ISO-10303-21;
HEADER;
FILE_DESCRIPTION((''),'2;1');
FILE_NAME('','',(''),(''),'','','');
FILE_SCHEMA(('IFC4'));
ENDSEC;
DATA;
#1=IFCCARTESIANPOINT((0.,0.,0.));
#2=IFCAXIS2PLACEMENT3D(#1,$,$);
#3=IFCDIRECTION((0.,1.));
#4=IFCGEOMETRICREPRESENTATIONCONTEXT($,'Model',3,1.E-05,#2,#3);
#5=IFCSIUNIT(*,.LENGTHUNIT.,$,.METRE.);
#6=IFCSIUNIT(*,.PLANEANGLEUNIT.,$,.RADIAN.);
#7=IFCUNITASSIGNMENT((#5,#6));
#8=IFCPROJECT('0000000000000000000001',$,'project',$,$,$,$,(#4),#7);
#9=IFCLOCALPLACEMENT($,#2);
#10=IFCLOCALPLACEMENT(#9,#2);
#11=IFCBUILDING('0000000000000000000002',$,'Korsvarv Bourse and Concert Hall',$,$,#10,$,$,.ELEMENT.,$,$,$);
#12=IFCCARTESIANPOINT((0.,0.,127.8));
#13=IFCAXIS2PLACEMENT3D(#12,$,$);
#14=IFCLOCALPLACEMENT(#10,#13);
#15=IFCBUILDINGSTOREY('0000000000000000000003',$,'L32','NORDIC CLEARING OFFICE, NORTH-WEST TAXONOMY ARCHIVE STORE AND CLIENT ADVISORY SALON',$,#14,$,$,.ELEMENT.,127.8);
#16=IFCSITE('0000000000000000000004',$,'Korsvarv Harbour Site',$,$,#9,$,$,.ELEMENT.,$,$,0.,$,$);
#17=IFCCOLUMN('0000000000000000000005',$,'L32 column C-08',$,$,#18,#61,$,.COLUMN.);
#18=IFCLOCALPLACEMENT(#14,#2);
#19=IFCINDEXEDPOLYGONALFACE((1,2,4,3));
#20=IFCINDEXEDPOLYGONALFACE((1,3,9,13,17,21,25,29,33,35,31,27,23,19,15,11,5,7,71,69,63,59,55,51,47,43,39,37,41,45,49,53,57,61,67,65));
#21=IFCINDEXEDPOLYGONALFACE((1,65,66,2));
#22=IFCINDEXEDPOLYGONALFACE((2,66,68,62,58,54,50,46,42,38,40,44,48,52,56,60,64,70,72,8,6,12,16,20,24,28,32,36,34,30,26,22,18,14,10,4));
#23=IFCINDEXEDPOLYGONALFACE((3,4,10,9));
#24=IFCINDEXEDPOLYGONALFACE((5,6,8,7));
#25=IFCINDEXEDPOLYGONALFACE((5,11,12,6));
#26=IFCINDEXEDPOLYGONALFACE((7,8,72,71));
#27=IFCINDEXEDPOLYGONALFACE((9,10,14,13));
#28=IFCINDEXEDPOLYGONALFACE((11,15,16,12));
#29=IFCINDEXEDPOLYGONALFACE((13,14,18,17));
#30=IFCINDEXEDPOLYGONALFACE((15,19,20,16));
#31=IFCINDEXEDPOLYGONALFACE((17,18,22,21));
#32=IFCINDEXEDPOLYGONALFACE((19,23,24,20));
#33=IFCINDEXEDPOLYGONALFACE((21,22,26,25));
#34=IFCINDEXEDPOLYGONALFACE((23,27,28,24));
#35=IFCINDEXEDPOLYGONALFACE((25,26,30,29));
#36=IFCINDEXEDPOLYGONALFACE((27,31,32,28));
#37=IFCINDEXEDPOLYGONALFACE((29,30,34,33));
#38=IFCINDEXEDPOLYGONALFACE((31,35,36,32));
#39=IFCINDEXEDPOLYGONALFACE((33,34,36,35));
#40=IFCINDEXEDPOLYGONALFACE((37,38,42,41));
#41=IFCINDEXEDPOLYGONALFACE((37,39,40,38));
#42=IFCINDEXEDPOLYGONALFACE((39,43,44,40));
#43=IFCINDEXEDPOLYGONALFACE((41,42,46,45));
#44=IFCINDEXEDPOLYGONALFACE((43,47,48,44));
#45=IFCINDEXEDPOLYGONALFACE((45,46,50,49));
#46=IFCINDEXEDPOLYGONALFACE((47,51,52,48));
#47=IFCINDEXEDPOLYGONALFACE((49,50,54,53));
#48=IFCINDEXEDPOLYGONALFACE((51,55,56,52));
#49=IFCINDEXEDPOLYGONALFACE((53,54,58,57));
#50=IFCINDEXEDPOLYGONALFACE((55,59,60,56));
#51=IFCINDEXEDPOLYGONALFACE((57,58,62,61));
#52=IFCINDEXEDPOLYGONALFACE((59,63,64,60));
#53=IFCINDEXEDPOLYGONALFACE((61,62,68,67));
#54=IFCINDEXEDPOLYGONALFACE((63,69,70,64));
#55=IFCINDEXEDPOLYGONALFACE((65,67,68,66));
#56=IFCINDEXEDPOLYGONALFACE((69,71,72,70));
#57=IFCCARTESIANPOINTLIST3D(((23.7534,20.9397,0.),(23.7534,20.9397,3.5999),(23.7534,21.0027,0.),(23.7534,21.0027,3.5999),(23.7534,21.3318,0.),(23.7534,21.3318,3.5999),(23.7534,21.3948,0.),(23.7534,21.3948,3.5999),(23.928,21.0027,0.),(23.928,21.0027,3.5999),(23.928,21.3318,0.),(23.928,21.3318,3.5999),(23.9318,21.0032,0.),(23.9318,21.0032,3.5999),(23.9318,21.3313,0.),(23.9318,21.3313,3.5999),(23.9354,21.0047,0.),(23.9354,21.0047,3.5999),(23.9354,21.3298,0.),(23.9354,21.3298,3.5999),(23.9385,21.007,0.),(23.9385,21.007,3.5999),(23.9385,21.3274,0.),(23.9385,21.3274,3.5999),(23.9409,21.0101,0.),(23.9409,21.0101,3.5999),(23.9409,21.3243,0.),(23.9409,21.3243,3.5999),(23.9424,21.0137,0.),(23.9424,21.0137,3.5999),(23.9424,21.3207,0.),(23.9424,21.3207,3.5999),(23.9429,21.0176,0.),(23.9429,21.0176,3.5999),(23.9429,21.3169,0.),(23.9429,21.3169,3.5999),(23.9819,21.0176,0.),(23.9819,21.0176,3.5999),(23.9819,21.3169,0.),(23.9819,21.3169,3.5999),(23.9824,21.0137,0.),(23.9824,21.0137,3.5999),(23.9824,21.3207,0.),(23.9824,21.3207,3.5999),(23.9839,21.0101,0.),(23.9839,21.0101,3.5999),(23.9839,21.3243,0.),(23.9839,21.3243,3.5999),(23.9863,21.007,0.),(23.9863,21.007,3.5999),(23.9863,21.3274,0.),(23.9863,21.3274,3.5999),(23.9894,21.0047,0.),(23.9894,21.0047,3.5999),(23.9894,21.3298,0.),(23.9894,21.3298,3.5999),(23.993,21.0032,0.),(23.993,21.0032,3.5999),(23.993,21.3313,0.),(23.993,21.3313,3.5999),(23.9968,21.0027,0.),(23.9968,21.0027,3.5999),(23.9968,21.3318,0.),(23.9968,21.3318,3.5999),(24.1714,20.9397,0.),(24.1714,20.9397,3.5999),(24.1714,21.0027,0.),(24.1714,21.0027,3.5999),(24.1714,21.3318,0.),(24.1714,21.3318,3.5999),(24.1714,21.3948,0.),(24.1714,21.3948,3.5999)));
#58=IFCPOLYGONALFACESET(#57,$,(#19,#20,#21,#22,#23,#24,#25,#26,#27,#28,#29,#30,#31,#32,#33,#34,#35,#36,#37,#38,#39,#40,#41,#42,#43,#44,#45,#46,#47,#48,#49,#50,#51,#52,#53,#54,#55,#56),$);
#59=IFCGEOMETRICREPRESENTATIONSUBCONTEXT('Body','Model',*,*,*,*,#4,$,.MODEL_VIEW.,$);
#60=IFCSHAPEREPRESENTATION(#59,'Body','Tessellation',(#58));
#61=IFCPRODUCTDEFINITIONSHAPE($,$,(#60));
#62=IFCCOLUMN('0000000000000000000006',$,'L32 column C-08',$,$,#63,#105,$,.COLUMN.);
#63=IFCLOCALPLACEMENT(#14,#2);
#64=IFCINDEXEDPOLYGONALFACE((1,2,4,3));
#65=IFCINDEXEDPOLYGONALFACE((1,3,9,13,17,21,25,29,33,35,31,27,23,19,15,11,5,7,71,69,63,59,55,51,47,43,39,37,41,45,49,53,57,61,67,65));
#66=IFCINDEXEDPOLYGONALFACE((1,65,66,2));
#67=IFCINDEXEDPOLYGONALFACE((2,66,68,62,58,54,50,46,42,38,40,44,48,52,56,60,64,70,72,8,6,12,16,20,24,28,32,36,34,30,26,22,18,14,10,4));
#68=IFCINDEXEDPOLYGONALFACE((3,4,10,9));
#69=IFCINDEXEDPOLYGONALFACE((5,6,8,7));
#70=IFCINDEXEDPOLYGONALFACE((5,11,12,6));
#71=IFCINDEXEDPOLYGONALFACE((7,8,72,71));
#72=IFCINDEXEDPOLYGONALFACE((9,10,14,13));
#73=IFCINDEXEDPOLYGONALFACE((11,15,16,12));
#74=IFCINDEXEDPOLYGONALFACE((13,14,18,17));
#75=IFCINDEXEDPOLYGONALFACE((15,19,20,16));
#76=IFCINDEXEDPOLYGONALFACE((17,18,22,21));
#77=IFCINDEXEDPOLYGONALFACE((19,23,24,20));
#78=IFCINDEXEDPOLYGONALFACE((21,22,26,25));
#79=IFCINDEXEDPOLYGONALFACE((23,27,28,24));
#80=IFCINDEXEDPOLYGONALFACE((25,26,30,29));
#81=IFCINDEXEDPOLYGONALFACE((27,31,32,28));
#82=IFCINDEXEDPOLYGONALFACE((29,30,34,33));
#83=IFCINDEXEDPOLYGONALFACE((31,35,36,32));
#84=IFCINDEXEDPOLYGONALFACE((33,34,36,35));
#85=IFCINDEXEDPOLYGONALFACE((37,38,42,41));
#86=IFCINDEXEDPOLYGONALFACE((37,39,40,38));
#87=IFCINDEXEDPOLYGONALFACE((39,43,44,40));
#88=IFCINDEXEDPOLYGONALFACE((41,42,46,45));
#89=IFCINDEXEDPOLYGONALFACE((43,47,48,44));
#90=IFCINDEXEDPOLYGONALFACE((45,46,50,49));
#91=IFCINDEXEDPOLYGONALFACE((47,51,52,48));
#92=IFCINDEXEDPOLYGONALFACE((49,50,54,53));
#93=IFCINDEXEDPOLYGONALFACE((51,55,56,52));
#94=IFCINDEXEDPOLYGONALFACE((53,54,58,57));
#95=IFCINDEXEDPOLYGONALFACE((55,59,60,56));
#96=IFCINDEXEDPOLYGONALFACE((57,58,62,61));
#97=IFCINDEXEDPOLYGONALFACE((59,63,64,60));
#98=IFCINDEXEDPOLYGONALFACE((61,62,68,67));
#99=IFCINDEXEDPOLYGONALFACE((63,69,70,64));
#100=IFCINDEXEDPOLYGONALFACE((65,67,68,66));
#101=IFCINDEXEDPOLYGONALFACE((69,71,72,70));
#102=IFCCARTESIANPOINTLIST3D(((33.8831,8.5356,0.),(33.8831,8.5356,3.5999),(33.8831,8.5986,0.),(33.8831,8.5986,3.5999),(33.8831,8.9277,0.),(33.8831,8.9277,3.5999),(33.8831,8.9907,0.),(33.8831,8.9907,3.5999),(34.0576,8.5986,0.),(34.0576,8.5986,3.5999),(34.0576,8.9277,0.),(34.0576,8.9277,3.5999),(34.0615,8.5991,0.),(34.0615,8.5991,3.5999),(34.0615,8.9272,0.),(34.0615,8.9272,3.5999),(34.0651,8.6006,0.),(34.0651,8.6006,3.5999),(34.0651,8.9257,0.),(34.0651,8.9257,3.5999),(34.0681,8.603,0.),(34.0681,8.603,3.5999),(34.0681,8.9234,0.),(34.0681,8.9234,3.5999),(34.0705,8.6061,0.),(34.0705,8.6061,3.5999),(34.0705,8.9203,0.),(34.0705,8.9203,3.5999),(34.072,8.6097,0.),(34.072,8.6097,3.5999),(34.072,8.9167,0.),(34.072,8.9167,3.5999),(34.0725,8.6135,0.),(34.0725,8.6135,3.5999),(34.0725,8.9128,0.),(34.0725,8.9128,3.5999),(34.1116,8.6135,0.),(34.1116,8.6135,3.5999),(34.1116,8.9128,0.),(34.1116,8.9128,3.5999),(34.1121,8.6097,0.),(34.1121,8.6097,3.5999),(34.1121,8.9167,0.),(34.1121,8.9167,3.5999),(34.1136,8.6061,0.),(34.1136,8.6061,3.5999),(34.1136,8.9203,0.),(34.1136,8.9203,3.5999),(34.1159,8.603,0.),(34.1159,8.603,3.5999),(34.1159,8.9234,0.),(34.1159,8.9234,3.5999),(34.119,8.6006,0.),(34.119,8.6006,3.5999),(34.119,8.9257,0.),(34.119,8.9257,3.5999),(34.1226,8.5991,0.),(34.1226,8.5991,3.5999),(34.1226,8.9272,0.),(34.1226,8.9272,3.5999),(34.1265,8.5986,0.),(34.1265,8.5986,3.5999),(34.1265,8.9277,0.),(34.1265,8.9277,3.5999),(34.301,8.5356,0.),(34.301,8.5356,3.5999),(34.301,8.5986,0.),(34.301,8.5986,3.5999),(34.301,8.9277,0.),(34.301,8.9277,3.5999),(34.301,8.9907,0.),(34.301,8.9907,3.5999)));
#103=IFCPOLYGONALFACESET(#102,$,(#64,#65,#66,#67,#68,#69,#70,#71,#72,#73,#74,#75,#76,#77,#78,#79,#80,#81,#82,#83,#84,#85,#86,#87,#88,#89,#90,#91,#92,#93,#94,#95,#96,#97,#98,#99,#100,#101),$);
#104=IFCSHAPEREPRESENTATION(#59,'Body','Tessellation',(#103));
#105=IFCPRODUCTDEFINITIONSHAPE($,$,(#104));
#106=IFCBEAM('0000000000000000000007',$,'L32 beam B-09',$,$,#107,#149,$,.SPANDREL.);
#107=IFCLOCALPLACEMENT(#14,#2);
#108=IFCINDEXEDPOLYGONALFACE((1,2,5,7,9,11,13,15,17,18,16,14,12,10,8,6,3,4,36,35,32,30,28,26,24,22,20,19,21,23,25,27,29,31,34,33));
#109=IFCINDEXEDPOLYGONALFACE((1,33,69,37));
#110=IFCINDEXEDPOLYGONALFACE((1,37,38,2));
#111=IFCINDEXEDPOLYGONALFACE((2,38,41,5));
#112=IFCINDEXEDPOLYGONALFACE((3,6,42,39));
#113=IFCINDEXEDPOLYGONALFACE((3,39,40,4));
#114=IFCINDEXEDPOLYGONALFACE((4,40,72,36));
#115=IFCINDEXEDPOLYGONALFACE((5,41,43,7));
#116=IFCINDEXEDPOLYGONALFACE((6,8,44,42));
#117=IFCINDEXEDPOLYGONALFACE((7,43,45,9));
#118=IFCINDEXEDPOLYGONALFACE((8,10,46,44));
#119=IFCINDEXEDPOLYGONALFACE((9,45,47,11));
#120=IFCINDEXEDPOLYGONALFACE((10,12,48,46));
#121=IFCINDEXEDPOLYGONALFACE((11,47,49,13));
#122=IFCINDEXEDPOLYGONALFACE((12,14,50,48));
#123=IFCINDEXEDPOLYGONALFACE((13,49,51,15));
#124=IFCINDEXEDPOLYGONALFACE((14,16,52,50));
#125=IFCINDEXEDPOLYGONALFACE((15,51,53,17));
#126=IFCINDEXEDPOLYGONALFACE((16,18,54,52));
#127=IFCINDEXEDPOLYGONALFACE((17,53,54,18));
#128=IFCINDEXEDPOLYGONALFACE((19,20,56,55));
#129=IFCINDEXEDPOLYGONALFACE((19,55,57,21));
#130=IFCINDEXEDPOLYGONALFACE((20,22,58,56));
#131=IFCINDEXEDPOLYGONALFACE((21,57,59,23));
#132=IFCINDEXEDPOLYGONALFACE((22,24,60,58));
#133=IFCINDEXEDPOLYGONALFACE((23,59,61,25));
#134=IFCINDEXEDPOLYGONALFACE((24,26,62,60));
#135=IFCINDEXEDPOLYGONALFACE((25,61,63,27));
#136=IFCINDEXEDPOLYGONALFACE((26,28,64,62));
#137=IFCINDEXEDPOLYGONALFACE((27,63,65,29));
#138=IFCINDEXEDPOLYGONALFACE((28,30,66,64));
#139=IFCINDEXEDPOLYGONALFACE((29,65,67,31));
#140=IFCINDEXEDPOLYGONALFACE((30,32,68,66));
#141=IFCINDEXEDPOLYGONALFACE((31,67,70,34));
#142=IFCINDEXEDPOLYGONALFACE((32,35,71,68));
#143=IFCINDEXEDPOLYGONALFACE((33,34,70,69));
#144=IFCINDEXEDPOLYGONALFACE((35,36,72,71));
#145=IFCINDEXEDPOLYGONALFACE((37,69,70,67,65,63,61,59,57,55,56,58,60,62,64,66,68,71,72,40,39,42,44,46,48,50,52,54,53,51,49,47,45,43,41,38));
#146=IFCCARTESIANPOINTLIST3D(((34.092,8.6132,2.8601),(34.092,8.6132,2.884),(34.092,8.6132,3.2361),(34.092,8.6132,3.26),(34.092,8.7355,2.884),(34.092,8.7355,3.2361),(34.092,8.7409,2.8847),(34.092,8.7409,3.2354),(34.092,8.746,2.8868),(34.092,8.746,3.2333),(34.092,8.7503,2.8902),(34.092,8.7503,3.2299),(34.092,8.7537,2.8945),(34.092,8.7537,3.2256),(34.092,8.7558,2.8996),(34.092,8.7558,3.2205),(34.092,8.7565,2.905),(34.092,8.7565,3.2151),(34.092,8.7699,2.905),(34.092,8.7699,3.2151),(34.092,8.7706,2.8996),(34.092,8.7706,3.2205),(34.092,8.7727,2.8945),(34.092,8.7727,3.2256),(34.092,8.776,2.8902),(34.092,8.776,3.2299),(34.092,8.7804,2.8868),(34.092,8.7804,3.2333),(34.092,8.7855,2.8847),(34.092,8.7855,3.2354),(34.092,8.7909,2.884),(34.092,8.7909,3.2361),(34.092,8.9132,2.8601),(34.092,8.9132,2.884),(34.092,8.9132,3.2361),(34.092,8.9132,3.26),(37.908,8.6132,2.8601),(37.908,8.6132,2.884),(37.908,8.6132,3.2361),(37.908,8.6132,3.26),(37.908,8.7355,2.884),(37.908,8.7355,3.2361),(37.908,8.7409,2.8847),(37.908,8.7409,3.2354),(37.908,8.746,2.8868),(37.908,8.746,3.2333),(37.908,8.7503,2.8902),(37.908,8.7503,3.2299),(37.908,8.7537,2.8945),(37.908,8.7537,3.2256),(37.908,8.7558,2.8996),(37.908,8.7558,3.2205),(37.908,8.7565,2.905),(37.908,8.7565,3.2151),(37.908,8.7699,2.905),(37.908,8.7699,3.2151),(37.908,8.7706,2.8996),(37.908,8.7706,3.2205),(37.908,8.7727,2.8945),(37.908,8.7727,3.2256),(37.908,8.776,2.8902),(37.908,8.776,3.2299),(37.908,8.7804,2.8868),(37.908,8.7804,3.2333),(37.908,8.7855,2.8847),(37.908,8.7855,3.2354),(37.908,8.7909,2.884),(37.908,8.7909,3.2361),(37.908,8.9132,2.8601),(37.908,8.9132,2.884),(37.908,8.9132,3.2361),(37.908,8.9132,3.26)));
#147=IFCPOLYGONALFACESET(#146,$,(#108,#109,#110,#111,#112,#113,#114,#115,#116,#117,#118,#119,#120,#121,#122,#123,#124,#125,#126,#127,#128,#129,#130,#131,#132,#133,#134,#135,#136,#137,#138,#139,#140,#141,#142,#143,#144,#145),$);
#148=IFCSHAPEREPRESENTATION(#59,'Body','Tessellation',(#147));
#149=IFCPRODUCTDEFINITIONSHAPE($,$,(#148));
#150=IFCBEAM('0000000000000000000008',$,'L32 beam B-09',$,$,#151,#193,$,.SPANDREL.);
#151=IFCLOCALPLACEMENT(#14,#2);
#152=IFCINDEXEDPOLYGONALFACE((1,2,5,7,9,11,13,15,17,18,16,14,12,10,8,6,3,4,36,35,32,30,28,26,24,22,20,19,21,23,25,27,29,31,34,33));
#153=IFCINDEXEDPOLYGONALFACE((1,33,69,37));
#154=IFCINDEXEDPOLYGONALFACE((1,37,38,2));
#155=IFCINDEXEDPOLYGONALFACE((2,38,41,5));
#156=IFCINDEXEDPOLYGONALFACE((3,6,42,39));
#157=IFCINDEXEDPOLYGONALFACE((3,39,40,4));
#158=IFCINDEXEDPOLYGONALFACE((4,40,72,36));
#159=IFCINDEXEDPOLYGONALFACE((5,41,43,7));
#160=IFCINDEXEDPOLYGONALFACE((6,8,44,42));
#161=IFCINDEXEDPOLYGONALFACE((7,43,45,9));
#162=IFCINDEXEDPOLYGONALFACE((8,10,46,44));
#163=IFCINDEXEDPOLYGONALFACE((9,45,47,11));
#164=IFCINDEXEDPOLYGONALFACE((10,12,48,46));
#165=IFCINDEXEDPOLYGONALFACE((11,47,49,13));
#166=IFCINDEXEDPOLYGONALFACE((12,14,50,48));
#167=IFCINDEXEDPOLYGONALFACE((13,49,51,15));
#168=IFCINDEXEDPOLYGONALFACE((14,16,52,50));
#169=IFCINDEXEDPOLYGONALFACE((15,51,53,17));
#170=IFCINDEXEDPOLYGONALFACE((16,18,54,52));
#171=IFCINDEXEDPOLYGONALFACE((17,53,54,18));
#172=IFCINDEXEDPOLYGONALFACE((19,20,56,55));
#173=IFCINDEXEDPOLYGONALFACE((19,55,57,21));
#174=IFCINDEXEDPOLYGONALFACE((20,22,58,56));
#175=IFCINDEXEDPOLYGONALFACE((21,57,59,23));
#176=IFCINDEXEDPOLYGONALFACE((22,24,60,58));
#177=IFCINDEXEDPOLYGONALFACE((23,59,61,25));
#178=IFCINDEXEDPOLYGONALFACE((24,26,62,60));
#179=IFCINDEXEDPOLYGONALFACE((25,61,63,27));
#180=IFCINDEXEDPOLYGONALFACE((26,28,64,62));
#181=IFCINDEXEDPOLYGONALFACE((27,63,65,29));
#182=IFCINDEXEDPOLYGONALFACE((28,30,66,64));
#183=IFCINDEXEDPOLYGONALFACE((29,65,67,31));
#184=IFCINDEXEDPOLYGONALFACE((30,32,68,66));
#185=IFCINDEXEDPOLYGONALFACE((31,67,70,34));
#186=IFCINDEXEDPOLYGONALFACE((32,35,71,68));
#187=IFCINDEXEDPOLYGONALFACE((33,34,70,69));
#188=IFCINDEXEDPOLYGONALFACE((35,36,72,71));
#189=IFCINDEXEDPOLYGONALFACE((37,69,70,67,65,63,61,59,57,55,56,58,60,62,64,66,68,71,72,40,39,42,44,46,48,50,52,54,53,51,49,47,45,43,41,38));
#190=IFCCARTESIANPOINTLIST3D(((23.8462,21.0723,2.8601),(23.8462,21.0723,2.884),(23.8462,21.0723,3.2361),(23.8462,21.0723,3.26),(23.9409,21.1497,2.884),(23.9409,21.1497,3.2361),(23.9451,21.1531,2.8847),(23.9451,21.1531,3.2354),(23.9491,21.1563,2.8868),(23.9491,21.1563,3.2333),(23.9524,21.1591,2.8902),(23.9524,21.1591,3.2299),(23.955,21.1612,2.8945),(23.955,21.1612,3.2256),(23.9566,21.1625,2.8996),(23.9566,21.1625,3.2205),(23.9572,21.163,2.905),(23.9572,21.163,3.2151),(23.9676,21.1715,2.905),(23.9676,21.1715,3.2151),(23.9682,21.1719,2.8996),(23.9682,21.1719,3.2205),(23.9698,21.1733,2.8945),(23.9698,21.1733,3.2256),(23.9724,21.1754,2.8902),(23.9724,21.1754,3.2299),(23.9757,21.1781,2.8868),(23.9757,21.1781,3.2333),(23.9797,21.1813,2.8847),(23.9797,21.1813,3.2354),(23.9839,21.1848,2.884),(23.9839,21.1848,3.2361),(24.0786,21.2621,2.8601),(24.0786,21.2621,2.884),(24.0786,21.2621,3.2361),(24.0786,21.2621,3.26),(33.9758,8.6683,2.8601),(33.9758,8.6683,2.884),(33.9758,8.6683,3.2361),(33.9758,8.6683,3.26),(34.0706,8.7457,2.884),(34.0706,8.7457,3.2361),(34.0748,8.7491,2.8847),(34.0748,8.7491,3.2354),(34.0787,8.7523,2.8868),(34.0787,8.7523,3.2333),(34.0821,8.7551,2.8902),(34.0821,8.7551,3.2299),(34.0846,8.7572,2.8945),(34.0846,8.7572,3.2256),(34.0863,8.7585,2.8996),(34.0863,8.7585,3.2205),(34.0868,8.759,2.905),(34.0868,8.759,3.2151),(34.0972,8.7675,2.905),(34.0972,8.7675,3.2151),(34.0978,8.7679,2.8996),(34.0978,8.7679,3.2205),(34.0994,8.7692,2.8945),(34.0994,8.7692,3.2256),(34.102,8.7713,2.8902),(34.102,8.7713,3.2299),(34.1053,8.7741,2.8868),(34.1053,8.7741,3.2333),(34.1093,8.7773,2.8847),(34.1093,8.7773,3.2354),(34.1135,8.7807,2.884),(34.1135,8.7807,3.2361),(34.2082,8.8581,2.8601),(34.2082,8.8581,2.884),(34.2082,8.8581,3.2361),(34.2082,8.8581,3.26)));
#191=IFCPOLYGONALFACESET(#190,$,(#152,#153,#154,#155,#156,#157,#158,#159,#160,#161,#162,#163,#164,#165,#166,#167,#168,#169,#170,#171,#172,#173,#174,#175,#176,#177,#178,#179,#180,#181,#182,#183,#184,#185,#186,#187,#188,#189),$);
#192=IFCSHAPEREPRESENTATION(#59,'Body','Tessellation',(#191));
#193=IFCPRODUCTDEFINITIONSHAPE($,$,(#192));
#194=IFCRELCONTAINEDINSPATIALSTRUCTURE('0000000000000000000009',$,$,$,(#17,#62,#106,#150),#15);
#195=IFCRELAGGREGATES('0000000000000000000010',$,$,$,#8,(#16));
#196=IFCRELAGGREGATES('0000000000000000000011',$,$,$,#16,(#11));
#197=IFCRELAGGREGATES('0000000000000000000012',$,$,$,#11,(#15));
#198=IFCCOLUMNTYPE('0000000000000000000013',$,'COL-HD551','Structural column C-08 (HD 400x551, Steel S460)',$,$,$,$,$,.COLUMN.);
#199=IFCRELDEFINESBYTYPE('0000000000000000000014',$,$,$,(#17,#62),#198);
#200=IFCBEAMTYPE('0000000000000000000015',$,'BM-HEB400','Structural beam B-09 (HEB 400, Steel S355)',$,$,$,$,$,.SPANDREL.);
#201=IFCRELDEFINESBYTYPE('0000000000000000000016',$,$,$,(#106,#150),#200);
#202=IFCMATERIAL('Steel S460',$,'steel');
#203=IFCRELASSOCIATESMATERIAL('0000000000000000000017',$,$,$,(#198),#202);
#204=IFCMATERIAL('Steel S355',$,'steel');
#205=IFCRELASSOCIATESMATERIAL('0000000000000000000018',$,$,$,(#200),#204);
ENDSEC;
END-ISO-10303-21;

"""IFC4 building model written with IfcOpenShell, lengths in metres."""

from ifc_helpers import new_model, si_unit, direction, frame, origin, origin_2d, place, context, subcontext, project, spatial, i_section, extrude, source, transform, mapped, material, material_profile, profile_set, type_object, element, save


model = new_model("IFC4")

# Units and contexts
model_context = context("Model", 3, precision=1e-05, world=origin(), true_north=direction((0.0, 1.0)))
body_context = subcontext(model_context, "Body", "Model", "MODEL_VIEW")
ifc_project = project(units=[si_unit("LENGTHUNIT", "METRE"), si_unit("PLANEANGLEUNIT", "RADIAN")], contexts=[model_context])

# Site, building, storey
site_placement = place(None, origin())
site = spatial("IfcSite", under=ifc_project, at=site_placement, Name="Korsvarv Harbour Site", CompositionType="ELEMENT", RefElevation=0.0)
building_placement = place(site_placement, origin())
building = spatial("IfcBuilding", under=site, at=building_placement, Name="Korsvarv Bourse and Concert Hall", CompositionType="ELEMENT")
storey_placement = place(building_placement, frame((0.0, 0.0, 127.8)))
storey = spatial("IfcBuildingStorey", under=building, at=storey_placement, Name="L32", Description="NORDIC CLEARING OFFICE, NORTH-WEST TAXONOMY ARCHIVE STORE AND CLIENT ADVISORY SALON", CompositionType="ELEMENT", Elevation=127.8)

# Columns
ifc_material_1 = material(Name="Steel S460", Category="steel")
ifc_material_profile_1 = material_profile(ifc_material_1, i_section(OverallWidth=0.418, OverallDepth=0.4551, WebThickness=0.0391, FlangeThickness=0.063, FilletRadius=0.0149, at=origin_2d()), Name="HD 400x551")
ifc_profile_set_1 = profile_set([ifc_material_profile_1], Name="Steel S460")
column_type = type_object("IfcColumnType", Name="COL-HD551", Description="Structural column C-08 (HD 400x551, Steel S460)", PredefinedType="COLUMN", material=ifc_profile_set_1)
shared_shape_1 = source(origin(), body_context, "Body", "SweptSolid", [
    extrude(i_section(OverallWidth=0.418, OverallDepth=0.4551, WebThickness=0.0391, FlangeThickness=0.063, FilletRadius=0.0149, at=origin_2d()), origin(), (0.0, 0.0, 1.0), 3.5999),
])
for number, where, z_axis, x_axis, name in (
    (1, (23.9624, 21.1672, 0.0), (0.0, 0.0, 1.0), (1.0, 0.0, 0.0), "L32 column C-08"),
    (2, (34.092, 8.7632, 0.0), (0.0, 0.0, 1.0), (1.0, 0.0, 0.0), "L32 column C-08"),
):
    element("IfcColumn", number, at=place(storey_placement, frame(where, z_axis=z_axis, x_axis=x_axis)), inside=storey, type_object=column_type, Name=name, PredefinedType="COLUMN", context=body_context, shape_type="MappedRepresentation", body=[
        mapped(shared_shape_1, transform((0.0, 0.0, 0.0), scale=1.0)),
    ])

# Beams
ifc_material_2 = material(Name="Steel S355", Category="steel")
ifc_material_profile_2 = material_profile(ifc_material_2, i_section(OverallWidth=0.3, OverallDepth=0.3999, WebThickness=0.0134, FlangeThickness=0.0239, FilletRadius=0.021, at=origin_2d()), Name="HEB 400")
ifc_profile_set_2 = profile_set([ifc_material_profile_2], Name="Steel S355")
beam_type_1 = type_object("IfcBeamType", Name="BM-HEB400", Description="Structural beam B-09 (HEB 400, Steel S355)", PredefinedType="SPANDREL", material=ifc_profile_set_2)
shared_shape_2 = source(origin(), body_context, "Body", "SweptSolid", [
    extrude(i_section(OverallWidth=0.3, OverallDepth=0.3999, WebThickness=0.0134, FlangeThickness=0.0239, FilletRadius=0.021, at=origin_2d()), origin(), (0.0, 0.0, 1.0), 3.8159),
])
beam_1_placement = place(storey_placement, frame((34.092, 8.7632, 3.0601), z_axis=(1.0, 0.0, 0.0), x_axis=(0.0, 1.0, 0.0)))
element("IfcBeam", 3, at=beam_1_placement, inside=storey, type_object=beam_type_1, Name="L32 beam B-09", PredefinedType="SPANDREL", context=body_context, shape_type="MappedRepresentation", body=[
    mapped(shared_shape_2, transform((0.0, 0.0, 0.0), scale=1.0)),
])
shared_shape_3 = source(origin(), body_context, "Body", "SweptSolid", [
    extrude(i_section(OverallWidth=0.3, OverallDepth=0.3999, WebThickness=0.0134, FlangeThickness=0.0239, FilletRadius=0.021, at=origin_2d()), origin(), (0.0, 0.0, 1.0), 16.0146),
])
beam_2_placement = place(storey_placement, frame((23.9624, 21.1672, 3.0601), z_axis=(0.632522, -0.774542, 0.0), x_axis=(0.774542, 0.632522, 0.0)))
element("IfcBeam", 4, at=beam_2_placement, inside=storey, type_object=beam_type_1, Name="L32 beam B-09", PredefinedType="SPANDREL", context=body_context, shape_type="MappedRepresentation", body=[
    mapped(shared_shape_3, transform((0.0, 0.0, 0.0), scale=1.0)),
])

save(model, "model.ifc")
